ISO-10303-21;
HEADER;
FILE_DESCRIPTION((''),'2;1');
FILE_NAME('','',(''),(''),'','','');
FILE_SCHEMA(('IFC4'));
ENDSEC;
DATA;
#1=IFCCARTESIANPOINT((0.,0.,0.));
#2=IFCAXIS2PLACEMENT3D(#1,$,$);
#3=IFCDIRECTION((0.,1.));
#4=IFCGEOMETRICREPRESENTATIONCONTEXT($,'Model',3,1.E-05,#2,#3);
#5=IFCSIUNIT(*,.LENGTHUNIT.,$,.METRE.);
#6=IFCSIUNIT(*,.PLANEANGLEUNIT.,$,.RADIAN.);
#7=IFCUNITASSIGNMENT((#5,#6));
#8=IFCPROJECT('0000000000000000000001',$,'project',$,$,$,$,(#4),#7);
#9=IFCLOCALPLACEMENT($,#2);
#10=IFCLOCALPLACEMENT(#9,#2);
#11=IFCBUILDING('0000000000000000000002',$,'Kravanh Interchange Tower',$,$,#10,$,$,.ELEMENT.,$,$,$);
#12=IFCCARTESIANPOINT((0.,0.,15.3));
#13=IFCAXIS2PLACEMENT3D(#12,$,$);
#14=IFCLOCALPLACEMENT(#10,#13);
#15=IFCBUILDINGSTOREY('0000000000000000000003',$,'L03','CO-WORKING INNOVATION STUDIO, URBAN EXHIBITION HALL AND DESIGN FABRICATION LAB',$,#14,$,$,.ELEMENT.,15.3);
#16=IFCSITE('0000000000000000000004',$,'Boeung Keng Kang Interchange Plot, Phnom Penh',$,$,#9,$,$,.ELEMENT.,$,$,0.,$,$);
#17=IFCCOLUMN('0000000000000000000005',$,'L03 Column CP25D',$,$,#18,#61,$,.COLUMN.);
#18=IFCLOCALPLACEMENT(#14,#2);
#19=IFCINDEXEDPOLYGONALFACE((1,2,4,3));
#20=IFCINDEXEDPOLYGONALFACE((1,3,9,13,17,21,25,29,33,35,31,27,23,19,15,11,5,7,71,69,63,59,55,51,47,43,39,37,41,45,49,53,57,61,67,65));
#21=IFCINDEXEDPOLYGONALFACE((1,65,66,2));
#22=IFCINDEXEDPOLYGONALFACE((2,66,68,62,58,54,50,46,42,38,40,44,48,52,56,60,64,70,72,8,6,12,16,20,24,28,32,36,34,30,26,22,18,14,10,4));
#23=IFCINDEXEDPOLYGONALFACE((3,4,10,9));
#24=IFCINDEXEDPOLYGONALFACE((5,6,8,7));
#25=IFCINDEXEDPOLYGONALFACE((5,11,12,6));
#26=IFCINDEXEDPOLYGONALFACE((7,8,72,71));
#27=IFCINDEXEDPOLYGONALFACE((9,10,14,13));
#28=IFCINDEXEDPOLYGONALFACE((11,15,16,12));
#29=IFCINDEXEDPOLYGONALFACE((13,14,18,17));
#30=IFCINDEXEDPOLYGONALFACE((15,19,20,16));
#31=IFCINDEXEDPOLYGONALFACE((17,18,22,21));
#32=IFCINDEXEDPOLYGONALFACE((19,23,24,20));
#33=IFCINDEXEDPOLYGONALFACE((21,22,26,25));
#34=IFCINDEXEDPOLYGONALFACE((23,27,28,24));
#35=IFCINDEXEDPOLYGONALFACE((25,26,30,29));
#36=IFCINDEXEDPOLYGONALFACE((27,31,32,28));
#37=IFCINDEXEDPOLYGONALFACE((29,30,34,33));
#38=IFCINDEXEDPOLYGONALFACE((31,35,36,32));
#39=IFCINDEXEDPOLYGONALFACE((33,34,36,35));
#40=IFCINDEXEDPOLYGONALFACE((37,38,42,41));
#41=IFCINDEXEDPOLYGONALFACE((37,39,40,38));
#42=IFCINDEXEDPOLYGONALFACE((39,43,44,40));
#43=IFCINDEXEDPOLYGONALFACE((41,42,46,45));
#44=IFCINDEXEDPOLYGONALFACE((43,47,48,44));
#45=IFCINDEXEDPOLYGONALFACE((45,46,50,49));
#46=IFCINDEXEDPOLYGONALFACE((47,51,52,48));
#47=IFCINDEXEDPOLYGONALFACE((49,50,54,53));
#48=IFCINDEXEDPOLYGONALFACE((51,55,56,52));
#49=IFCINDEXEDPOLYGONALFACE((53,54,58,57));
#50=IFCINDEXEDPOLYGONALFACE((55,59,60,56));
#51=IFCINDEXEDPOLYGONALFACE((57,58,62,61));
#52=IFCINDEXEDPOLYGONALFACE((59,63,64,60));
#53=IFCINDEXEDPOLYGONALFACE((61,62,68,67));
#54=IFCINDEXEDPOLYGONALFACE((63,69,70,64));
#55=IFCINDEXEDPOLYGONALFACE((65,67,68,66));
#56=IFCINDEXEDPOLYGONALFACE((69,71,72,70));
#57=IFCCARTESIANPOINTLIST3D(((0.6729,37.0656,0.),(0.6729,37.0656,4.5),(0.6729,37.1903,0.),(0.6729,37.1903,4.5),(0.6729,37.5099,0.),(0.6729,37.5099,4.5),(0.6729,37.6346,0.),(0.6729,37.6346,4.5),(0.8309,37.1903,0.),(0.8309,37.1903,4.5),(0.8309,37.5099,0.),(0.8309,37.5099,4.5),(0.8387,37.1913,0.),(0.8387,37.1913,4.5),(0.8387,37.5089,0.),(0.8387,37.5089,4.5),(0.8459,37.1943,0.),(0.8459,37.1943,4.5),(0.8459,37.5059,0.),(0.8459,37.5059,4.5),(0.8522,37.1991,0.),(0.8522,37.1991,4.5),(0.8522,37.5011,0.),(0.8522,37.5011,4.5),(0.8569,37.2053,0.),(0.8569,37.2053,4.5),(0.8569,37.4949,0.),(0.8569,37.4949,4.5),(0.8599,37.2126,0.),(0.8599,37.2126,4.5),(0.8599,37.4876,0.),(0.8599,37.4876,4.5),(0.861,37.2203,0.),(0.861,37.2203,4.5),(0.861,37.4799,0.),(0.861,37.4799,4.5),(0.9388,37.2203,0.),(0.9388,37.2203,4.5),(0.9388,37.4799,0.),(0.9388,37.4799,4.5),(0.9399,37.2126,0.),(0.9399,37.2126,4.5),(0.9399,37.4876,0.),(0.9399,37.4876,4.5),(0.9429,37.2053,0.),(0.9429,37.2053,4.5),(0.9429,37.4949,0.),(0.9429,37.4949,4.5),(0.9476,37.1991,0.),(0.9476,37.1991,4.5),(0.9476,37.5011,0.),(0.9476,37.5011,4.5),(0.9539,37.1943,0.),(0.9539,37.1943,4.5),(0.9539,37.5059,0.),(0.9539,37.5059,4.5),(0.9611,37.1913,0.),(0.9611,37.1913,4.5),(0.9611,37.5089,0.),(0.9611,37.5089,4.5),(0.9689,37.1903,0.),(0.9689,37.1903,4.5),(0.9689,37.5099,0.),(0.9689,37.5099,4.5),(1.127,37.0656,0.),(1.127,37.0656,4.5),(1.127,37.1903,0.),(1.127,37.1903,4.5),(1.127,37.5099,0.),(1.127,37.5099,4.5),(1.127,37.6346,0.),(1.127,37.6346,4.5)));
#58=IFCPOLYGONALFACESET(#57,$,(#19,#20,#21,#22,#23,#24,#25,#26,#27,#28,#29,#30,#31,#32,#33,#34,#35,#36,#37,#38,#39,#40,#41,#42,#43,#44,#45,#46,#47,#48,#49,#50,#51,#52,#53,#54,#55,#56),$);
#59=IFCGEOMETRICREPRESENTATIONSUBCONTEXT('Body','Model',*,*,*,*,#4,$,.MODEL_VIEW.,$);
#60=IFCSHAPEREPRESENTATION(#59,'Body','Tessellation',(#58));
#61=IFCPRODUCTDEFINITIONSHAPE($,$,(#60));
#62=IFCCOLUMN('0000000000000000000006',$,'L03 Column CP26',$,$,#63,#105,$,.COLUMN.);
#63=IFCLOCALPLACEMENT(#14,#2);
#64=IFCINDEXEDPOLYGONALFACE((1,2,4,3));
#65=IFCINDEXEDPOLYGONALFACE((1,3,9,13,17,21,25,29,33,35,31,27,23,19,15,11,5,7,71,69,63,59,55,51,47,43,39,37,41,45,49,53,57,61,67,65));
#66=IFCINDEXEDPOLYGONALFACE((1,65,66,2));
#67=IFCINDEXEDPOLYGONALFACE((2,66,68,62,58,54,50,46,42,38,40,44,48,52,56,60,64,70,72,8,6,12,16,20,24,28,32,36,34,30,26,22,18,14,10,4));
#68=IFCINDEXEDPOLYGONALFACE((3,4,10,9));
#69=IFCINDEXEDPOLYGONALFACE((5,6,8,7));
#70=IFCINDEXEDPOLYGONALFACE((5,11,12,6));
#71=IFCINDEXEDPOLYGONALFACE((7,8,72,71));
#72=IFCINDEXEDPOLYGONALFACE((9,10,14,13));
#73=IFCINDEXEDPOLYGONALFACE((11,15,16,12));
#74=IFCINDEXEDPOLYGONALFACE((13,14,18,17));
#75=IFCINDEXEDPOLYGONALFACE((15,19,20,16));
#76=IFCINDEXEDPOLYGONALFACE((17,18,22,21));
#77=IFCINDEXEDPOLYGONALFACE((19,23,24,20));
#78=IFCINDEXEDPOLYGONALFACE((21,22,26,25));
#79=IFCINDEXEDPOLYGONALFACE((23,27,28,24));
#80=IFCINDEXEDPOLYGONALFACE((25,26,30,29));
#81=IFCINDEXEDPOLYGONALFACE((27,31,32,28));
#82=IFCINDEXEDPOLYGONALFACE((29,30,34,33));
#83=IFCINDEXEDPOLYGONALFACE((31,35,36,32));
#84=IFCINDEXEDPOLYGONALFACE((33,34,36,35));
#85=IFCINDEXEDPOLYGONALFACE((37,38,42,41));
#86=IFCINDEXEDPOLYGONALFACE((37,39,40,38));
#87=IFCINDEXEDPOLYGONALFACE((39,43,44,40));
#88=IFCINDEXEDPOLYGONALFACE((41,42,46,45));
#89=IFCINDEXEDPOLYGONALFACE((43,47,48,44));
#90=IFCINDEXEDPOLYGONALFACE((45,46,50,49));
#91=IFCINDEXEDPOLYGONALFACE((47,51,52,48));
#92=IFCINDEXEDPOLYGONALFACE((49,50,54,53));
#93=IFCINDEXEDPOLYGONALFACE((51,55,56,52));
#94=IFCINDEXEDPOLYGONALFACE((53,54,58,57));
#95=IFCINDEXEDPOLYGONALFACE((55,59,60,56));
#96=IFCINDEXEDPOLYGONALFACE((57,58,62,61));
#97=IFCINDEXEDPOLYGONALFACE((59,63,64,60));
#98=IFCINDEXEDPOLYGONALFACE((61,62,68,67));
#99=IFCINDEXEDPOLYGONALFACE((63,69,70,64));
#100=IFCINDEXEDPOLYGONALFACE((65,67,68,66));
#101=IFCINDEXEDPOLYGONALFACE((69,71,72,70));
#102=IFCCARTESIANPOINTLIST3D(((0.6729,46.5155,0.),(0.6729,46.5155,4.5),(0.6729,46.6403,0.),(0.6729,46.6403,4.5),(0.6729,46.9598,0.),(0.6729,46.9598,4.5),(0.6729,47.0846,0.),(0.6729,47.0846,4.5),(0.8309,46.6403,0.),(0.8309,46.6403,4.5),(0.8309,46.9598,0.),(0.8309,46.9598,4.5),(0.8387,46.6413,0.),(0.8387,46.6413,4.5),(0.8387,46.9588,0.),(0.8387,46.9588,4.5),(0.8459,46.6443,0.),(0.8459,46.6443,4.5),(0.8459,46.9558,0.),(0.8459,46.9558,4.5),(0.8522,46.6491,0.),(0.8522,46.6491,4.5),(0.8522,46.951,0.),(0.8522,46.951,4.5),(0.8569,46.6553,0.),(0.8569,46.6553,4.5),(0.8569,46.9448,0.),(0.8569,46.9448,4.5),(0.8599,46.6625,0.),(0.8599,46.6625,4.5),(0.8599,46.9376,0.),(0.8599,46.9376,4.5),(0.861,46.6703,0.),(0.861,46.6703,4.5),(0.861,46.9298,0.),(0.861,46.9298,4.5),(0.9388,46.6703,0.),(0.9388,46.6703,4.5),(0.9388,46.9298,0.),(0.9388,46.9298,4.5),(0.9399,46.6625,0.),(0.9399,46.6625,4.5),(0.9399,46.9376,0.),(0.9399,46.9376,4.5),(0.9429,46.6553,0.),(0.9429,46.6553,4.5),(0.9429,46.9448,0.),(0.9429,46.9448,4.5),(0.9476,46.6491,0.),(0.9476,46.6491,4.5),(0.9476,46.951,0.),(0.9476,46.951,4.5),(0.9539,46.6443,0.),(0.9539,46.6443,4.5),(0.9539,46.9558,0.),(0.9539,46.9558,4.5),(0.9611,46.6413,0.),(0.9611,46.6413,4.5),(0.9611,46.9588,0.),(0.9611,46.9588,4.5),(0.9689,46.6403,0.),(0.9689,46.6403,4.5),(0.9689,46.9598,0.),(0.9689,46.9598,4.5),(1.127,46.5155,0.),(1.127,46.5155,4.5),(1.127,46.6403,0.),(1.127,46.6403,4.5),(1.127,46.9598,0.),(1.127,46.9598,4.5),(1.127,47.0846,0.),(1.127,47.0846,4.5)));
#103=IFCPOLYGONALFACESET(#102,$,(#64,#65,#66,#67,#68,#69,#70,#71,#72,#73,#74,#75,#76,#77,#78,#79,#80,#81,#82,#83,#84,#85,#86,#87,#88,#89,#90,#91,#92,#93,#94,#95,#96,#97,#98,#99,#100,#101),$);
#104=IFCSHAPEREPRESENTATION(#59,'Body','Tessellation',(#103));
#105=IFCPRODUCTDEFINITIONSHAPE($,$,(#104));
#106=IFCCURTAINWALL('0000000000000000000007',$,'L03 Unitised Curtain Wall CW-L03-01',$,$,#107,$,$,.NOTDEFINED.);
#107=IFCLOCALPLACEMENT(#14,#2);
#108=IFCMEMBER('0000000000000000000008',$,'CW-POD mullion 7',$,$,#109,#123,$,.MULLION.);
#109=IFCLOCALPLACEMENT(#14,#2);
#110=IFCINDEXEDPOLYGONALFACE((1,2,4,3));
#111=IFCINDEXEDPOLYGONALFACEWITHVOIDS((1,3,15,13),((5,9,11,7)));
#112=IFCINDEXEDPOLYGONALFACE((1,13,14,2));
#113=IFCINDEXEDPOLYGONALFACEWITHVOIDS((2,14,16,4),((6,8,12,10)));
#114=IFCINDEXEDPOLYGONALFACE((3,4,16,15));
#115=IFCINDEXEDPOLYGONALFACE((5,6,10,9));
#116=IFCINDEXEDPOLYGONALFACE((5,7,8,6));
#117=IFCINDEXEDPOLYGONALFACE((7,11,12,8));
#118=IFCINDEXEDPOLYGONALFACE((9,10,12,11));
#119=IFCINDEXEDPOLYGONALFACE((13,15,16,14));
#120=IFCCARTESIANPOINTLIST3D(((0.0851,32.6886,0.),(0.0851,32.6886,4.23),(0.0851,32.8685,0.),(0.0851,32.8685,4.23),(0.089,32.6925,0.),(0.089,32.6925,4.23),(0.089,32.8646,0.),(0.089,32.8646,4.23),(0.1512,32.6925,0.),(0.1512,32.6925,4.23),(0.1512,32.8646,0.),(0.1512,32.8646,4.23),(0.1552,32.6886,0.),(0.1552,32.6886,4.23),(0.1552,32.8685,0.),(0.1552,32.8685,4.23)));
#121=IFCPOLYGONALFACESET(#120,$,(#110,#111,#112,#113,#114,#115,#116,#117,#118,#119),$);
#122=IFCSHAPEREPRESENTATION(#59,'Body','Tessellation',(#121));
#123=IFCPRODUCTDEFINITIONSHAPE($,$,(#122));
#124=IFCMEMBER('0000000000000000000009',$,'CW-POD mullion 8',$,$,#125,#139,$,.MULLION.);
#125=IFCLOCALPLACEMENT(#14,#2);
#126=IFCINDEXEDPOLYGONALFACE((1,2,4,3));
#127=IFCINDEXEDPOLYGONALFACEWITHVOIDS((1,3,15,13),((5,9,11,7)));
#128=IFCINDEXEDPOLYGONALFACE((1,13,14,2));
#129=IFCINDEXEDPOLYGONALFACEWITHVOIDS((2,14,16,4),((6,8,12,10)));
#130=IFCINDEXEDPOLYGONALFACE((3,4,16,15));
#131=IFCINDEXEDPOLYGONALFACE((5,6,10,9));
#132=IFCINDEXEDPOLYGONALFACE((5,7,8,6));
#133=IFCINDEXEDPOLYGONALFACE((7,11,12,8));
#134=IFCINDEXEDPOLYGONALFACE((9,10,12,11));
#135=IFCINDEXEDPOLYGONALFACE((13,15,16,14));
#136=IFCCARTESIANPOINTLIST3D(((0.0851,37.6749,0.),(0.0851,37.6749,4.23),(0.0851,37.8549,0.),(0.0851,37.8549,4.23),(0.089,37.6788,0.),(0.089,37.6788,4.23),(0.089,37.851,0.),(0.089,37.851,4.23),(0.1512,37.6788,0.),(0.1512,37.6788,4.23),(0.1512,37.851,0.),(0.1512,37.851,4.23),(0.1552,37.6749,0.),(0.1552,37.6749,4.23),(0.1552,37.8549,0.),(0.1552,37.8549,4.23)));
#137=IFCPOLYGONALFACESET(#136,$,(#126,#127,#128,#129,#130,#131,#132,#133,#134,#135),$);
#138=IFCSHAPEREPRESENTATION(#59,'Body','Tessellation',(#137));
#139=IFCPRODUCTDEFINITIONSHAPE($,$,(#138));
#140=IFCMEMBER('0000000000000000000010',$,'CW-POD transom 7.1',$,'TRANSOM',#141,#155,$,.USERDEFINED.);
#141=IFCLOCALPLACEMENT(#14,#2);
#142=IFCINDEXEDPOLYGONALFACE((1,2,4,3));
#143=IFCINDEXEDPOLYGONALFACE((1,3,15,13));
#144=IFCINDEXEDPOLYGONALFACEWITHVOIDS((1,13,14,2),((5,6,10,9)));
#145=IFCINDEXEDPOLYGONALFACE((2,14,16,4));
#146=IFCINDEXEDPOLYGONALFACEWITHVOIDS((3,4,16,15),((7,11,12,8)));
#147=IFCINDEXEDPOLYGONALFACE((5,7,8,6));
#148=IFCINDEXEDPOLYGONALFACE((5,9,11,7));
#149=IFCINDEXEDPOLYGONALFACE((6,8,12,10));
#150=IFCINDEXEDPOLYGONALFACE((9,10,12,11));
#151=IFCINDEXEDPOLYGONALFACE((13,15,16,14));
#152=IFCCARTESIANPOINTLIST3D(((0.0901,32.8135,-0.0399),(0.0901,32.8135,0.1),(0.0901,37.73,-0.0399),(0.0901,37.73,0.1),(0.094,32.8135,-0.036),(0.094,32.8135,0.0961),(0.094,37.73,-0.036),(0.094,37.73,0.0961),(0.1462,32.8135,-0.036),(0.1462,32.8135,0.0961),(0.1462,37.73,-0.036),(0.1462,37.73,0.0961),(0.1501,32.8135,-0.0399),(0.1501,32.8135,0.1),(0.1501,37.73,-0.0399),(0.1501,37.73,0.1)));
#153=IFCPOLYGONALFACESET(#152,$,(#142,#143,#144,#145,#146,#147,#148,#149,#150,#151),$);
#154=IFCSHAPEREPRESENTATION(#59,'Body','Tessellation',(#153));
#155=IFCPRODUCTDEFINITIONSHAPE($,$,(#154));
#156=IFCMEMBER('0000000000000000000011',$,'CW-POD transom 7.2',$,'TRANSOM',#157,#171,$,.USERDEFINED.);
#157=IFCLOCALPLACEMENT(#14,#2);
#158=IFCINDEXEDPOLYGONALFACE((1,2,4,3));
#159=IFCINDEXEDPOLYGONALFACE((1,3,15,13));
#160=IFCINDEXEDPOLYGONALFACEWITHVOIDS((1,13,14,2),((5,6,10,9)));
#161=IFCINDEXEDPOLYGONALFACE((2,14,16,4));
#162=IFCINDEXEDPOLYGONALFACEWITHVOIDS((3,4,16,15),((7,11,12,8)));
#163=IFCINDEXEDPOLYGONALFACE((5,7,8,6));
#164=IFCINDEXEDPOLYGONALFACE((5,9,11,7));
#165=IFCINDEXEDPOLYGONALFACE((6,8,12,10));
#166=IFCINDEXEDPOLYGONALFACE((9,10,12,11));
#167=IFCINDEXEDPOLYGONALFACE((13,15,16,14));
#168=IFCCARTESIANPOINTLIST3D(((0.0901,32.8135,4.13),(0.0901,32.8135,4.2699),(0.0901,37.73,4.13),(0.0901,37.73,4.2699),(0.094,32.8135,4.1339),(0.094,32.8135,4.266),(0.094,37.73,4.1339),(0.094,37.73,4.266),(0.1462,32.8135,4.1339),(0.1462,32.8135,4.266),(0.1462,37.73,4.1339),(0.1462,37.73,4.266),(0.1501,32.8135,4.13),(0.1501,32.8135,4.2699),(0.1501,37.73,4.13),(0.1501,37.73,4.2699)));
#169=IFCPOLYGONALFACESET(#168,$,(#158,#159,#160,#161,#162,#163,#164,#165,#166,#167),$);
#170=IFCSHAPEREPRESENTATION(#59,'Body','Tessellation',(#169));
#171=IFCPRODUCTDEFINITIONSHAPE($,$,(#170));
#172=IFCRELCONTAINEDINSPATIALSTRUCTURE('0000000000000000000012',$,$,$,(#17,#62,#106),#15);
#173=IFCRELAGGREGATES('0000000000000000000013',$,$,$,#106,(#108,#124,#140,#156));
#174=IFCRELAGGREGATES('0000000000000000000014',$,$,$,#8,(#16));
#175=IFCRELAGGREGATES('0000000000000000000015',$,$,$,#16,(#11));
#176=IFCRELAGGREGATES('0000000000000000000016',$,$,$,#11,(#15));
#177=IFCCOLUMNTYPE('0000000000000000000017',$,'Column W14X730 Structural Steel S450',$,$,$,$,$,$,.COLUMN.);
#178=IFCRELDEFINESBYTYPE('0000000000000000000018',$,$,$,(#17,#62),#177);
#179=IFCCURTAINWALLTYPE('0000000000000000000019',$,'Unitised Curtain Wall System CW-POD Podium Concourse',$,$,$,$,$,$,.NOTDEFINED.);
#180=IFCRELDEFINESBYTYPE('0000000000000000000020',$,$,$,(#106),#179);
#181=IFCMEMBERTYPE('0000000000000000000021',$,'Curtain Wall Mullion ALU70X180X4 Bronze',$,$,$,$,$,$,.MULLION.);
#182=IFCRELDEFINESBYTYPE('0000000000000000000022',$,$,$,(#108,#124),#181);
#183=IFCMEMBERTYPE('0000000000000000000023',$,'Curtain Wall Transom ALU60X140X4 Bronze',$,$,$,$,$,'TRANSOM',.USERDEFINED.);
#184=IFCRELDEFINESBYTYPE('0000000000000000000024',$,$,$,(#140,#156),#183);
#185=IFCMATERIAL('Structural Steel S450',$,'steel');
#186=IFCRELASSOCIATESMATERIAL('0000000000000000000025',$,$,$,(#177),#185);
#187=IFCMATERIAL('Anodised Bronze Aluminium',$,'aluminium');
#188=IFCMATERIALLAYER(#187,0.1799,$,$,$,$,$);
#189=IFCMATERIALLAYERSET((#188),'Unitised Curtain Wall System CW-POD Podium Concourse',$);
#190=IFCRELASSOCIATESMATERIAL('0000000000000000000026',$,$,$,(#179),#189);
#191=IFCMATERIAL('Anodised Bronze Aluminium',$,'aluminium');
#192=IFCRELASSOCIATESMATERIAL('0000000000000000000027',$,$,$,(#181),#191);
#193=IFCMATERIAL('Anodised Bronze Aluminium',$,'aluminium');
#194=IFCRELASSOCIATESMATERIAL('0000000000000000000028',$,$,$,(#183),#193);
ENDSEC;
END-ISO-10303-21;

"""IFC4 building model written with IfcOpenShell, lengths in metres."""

from ifc_helpers import new_model, si_unit, direction, frame, origin, origin_2d, place, context, subcontext, project, spatial, hollow_rectangle, i_section, extrude, material, layer, layer_set, material_profile, profile_set, type_object, element, aggregate, save


model = new_model("IFC4")

# Units and contexts
model_context = context("Model", 3, precision=1e-05, world=origin(), true_north=direction((0.0, 1.0)))
body_context = subcontext(model_context, "Body", "Model", "MODEL_VIEW")
ifc_project = project(units=[si_unit("LENGTHUNIT", "METRE"), si_unit("PLANEANGLEUNIT", "RADIAN")], contexts=[model_context])

# Site, building, storey
site_placement = place(None, origin())
site = spatial("IfcSite", under=ifc_project, at=site_placement, Name="Boeung Keng Kang Interchange Plot, Phnom Penh", CompositionType="ELEMENT", RefElevation=0.0)
building_placement = place(site_placement, origin())
building = spatial("IfcBuilding", under=site, at=building_placement, Name="Kravanh Interchange Tower", CompositionType="ELEMENT")
storey_placement = place(building_placement, frame((0.0, 0.0, 15.3)))
storey = spatial("IfcBuildingStorey", under=building, at=storey_placement, Name="L03", Description="CO-WORKING INNOVATION STUDIO, URBAN EXHIBITION HALL AND DESIGN FABRICATION LAB", CompositionType="ELEMENT", Elevation=15.3)

# Columns
ifc_material_1 = material(Name="Structural Steel S450", Category="steel")
ifc_material_profile_1 = material_profile(ifc_material_1, i_section(OverallWidth=0.4541, OverallDepth=0.5691, WebThickness=0.0779, FlangeThickness=0.1248, FilletRadius=0.03, at=origin_2d()), Name="W14X730")
ifc_profile_set_1 = profile_set([ifc_material_profile_1], Name="Structural Steel S450")
column_type = type_object("IfcColumnType", Name="Column W14X730 Structural Steel S450", PredefinedType="COLUMN", material=ifc_profile_set_1)
for number, where, z_axis, x_axis, name in (
    (1, (0.8999, 37.3501, 0.0), (0.0, 0.0, 1.0), (1.0, 0.0, 0.0), "L03 Column CP25D"),
    (2, (0.8999, 46.8, 0.0), (0.0, 0.0, 1.0), (1.0, 0.0, 0.0), "L03 Column CP26"),
):
    element("IfcColumn", number, at=place(storey_placement, frame(where, z_axis=z_axis, x_axis=x_axis)), inside=storey, type_object=column_type, Name=name, PredefinedType="COLUMN", context=body_context, shape_type="SweptSolid", body=[
        extrude(i_section(OverallWidth=0.4541, OverallDepth=0.5691, WebThickness=0.0779, FlangeThickness=0.1248, FilletRadius=0.03, at=origin_2d()), origin(), (0.0, 0.0, 1.0), 4.5),
    ])

# Curtain wall, members
ifc_material_2 = material(Name="Anodised Bronze Aluminium", Category="aluminium")
ifc_layer_1 = layer(ifc_material_2, 0.1799)
ifc_layer_set_1 = layer_set([ifc_layer_1], Name="Unitised Curtain Wall System CW-POD Podium Concourse")
curtain_wall_type = type_object("IfcCurtainWallType", Name="Unitised Curtain Wall System CW-POD Podium Concourse", PredefinedType="NOTDEFINED", material=ifc_layer_set_1)
curtain_wall_placement = place(storey_placement, origin())
curtain_wall = element("IfcCurtainWall", 3, at=curtain_wall_placement, inside=storey, type_object=curtain_wall_type, Name="L03 Unitised Curtain Wall CW-L03-01", PredefinedType="NOTDEFINED")
ifc_material_3 = material(Name="Anodised Bronze Aluminium", Category="aluminium")
ifc_material_profile_2 = material_profile(ifc_material_3, hollow_rectangle(XDim=0.0701, YDim=0.1799, WallThickness=0.0039, at=origin_2d()), Name="ALU70X180X4")
ifc_profile_set_2 = profile_set([ifc_material_profile_2], Name="Anodised Bronze Aluminium")
member_type_1 = type_object("IfcMemberType", Name="Curtain Wall Mullion ALU70X180X4 Bronze", PredefinedType="MULLION", material=ifc_profile_set_2)
member_1_placement = place(storey_placement, frame((0.1201, 32.7786, 0.0), z_axis=(0.0, 0.0, 1.0), x_axis=(-1.0, 0.0, 0.0)))
member_1 = element("IfcMember", 4, at=member_1_placement, type_object=member_type_1, Name="CW-POD mullion 7", PredefinedType="MULLION", context=body_context, shape_type="SweptSolid", body=[
    extrude(hollow_rectangle(XDim=0.0701, YDim=0.1799, WallThickness=0.0039, at=origin_2d()), origin(), (0.0, 0.0, 1.0), 4.23),
])
member_2_placement = place(storey_placement, frame((0.1201, 37.7649, 0.0), z_axis=(0.0, 0.0, 1.0), x_axis=(-1.0, 0.0, 0.0)))
member_2 = element("IfcMember", 5, at=member_2_placement, type_object=member_type_1, Name="CW-POD mullion 8", PredefinedType="MULLION", context=body_context, shape_type="SweptSolid", body=[
    extrude(hollow_rectangle(XDim=0.0701, YDim=0.1799, WallThickness=0.0039, at=origin_2d()), origin(), (0.0, 0.0, 1.0), 4.23),
])
ifc_material_4 = material(Name="Anodised Bronze Aluminium", Category="aluminium")
ifc_material_profile_3 = material_profile(ifc_material_4, hollow_rectangle(XDim=0.0601, YDim=0.1399, WallThickness=0.0039, at=origin_2d()), Name="ALU60X140X4")
ifc_profile_set_3 = profile_set([ifc_material_profile_3], Name="Anodised Bronze Aluminium")
member_type_2 = type_object("IfcMemberType", Name="Curtain Wall Transom ALU60X140X4 Bronze", ElementType="TRANSOM", PredefinedType="USERDEFINED", material=ifc_profile_set_3)
member_3_placement = place(storey_placement, frame((0.1201, 32.8135, 0.03), z_axis=(0.0, 1.0, 0.0), x_axis=(-1.0, 0.0, 0.0)))
member_3 = element("IfcMember", 6, at=member_3_placement, type_object=member_type_2, Name="CW-POD transom 7.1", ObjectType="TRANSOM", PredefinedType="USERDEFINED", context=body_context, shape_type="SweptSolid", body=[
    extrude(hollow_rectangle(XDim=0.0601, YDim=0.1399, WallThickness=0.0039, at=origin_2d()), origin(), (0.0, 0.0, 1.0), 4.9165),
])
member_4_placement = place(storey_placement, frame((0.1201, 32.8135, 4.2), z_axis=(0.0, 1.0, 0.0), x_axis=(-1.0, 0.0, 0.0)))
member_4 = element("IfcMember", 7, at=member_4_placement, type_object=member_type_2, Name="CW-POD transom 7.2", ObjectType="TRANSOM", PredefinedType="USERDEFINED", context=body_context, shape_type="SweptSolid", body=[
    extrude(hollow_rectangle(XDim=0.0601, YDim=0.1399, WallThickness=0.0039, at=origin_2d()), origin(), (0.0, 0.0, 1.0), 4.9165),
])

aggregate(curtain_wall, [member_1, member_2, member_3, member_4])

save(model, "model.ifc")
